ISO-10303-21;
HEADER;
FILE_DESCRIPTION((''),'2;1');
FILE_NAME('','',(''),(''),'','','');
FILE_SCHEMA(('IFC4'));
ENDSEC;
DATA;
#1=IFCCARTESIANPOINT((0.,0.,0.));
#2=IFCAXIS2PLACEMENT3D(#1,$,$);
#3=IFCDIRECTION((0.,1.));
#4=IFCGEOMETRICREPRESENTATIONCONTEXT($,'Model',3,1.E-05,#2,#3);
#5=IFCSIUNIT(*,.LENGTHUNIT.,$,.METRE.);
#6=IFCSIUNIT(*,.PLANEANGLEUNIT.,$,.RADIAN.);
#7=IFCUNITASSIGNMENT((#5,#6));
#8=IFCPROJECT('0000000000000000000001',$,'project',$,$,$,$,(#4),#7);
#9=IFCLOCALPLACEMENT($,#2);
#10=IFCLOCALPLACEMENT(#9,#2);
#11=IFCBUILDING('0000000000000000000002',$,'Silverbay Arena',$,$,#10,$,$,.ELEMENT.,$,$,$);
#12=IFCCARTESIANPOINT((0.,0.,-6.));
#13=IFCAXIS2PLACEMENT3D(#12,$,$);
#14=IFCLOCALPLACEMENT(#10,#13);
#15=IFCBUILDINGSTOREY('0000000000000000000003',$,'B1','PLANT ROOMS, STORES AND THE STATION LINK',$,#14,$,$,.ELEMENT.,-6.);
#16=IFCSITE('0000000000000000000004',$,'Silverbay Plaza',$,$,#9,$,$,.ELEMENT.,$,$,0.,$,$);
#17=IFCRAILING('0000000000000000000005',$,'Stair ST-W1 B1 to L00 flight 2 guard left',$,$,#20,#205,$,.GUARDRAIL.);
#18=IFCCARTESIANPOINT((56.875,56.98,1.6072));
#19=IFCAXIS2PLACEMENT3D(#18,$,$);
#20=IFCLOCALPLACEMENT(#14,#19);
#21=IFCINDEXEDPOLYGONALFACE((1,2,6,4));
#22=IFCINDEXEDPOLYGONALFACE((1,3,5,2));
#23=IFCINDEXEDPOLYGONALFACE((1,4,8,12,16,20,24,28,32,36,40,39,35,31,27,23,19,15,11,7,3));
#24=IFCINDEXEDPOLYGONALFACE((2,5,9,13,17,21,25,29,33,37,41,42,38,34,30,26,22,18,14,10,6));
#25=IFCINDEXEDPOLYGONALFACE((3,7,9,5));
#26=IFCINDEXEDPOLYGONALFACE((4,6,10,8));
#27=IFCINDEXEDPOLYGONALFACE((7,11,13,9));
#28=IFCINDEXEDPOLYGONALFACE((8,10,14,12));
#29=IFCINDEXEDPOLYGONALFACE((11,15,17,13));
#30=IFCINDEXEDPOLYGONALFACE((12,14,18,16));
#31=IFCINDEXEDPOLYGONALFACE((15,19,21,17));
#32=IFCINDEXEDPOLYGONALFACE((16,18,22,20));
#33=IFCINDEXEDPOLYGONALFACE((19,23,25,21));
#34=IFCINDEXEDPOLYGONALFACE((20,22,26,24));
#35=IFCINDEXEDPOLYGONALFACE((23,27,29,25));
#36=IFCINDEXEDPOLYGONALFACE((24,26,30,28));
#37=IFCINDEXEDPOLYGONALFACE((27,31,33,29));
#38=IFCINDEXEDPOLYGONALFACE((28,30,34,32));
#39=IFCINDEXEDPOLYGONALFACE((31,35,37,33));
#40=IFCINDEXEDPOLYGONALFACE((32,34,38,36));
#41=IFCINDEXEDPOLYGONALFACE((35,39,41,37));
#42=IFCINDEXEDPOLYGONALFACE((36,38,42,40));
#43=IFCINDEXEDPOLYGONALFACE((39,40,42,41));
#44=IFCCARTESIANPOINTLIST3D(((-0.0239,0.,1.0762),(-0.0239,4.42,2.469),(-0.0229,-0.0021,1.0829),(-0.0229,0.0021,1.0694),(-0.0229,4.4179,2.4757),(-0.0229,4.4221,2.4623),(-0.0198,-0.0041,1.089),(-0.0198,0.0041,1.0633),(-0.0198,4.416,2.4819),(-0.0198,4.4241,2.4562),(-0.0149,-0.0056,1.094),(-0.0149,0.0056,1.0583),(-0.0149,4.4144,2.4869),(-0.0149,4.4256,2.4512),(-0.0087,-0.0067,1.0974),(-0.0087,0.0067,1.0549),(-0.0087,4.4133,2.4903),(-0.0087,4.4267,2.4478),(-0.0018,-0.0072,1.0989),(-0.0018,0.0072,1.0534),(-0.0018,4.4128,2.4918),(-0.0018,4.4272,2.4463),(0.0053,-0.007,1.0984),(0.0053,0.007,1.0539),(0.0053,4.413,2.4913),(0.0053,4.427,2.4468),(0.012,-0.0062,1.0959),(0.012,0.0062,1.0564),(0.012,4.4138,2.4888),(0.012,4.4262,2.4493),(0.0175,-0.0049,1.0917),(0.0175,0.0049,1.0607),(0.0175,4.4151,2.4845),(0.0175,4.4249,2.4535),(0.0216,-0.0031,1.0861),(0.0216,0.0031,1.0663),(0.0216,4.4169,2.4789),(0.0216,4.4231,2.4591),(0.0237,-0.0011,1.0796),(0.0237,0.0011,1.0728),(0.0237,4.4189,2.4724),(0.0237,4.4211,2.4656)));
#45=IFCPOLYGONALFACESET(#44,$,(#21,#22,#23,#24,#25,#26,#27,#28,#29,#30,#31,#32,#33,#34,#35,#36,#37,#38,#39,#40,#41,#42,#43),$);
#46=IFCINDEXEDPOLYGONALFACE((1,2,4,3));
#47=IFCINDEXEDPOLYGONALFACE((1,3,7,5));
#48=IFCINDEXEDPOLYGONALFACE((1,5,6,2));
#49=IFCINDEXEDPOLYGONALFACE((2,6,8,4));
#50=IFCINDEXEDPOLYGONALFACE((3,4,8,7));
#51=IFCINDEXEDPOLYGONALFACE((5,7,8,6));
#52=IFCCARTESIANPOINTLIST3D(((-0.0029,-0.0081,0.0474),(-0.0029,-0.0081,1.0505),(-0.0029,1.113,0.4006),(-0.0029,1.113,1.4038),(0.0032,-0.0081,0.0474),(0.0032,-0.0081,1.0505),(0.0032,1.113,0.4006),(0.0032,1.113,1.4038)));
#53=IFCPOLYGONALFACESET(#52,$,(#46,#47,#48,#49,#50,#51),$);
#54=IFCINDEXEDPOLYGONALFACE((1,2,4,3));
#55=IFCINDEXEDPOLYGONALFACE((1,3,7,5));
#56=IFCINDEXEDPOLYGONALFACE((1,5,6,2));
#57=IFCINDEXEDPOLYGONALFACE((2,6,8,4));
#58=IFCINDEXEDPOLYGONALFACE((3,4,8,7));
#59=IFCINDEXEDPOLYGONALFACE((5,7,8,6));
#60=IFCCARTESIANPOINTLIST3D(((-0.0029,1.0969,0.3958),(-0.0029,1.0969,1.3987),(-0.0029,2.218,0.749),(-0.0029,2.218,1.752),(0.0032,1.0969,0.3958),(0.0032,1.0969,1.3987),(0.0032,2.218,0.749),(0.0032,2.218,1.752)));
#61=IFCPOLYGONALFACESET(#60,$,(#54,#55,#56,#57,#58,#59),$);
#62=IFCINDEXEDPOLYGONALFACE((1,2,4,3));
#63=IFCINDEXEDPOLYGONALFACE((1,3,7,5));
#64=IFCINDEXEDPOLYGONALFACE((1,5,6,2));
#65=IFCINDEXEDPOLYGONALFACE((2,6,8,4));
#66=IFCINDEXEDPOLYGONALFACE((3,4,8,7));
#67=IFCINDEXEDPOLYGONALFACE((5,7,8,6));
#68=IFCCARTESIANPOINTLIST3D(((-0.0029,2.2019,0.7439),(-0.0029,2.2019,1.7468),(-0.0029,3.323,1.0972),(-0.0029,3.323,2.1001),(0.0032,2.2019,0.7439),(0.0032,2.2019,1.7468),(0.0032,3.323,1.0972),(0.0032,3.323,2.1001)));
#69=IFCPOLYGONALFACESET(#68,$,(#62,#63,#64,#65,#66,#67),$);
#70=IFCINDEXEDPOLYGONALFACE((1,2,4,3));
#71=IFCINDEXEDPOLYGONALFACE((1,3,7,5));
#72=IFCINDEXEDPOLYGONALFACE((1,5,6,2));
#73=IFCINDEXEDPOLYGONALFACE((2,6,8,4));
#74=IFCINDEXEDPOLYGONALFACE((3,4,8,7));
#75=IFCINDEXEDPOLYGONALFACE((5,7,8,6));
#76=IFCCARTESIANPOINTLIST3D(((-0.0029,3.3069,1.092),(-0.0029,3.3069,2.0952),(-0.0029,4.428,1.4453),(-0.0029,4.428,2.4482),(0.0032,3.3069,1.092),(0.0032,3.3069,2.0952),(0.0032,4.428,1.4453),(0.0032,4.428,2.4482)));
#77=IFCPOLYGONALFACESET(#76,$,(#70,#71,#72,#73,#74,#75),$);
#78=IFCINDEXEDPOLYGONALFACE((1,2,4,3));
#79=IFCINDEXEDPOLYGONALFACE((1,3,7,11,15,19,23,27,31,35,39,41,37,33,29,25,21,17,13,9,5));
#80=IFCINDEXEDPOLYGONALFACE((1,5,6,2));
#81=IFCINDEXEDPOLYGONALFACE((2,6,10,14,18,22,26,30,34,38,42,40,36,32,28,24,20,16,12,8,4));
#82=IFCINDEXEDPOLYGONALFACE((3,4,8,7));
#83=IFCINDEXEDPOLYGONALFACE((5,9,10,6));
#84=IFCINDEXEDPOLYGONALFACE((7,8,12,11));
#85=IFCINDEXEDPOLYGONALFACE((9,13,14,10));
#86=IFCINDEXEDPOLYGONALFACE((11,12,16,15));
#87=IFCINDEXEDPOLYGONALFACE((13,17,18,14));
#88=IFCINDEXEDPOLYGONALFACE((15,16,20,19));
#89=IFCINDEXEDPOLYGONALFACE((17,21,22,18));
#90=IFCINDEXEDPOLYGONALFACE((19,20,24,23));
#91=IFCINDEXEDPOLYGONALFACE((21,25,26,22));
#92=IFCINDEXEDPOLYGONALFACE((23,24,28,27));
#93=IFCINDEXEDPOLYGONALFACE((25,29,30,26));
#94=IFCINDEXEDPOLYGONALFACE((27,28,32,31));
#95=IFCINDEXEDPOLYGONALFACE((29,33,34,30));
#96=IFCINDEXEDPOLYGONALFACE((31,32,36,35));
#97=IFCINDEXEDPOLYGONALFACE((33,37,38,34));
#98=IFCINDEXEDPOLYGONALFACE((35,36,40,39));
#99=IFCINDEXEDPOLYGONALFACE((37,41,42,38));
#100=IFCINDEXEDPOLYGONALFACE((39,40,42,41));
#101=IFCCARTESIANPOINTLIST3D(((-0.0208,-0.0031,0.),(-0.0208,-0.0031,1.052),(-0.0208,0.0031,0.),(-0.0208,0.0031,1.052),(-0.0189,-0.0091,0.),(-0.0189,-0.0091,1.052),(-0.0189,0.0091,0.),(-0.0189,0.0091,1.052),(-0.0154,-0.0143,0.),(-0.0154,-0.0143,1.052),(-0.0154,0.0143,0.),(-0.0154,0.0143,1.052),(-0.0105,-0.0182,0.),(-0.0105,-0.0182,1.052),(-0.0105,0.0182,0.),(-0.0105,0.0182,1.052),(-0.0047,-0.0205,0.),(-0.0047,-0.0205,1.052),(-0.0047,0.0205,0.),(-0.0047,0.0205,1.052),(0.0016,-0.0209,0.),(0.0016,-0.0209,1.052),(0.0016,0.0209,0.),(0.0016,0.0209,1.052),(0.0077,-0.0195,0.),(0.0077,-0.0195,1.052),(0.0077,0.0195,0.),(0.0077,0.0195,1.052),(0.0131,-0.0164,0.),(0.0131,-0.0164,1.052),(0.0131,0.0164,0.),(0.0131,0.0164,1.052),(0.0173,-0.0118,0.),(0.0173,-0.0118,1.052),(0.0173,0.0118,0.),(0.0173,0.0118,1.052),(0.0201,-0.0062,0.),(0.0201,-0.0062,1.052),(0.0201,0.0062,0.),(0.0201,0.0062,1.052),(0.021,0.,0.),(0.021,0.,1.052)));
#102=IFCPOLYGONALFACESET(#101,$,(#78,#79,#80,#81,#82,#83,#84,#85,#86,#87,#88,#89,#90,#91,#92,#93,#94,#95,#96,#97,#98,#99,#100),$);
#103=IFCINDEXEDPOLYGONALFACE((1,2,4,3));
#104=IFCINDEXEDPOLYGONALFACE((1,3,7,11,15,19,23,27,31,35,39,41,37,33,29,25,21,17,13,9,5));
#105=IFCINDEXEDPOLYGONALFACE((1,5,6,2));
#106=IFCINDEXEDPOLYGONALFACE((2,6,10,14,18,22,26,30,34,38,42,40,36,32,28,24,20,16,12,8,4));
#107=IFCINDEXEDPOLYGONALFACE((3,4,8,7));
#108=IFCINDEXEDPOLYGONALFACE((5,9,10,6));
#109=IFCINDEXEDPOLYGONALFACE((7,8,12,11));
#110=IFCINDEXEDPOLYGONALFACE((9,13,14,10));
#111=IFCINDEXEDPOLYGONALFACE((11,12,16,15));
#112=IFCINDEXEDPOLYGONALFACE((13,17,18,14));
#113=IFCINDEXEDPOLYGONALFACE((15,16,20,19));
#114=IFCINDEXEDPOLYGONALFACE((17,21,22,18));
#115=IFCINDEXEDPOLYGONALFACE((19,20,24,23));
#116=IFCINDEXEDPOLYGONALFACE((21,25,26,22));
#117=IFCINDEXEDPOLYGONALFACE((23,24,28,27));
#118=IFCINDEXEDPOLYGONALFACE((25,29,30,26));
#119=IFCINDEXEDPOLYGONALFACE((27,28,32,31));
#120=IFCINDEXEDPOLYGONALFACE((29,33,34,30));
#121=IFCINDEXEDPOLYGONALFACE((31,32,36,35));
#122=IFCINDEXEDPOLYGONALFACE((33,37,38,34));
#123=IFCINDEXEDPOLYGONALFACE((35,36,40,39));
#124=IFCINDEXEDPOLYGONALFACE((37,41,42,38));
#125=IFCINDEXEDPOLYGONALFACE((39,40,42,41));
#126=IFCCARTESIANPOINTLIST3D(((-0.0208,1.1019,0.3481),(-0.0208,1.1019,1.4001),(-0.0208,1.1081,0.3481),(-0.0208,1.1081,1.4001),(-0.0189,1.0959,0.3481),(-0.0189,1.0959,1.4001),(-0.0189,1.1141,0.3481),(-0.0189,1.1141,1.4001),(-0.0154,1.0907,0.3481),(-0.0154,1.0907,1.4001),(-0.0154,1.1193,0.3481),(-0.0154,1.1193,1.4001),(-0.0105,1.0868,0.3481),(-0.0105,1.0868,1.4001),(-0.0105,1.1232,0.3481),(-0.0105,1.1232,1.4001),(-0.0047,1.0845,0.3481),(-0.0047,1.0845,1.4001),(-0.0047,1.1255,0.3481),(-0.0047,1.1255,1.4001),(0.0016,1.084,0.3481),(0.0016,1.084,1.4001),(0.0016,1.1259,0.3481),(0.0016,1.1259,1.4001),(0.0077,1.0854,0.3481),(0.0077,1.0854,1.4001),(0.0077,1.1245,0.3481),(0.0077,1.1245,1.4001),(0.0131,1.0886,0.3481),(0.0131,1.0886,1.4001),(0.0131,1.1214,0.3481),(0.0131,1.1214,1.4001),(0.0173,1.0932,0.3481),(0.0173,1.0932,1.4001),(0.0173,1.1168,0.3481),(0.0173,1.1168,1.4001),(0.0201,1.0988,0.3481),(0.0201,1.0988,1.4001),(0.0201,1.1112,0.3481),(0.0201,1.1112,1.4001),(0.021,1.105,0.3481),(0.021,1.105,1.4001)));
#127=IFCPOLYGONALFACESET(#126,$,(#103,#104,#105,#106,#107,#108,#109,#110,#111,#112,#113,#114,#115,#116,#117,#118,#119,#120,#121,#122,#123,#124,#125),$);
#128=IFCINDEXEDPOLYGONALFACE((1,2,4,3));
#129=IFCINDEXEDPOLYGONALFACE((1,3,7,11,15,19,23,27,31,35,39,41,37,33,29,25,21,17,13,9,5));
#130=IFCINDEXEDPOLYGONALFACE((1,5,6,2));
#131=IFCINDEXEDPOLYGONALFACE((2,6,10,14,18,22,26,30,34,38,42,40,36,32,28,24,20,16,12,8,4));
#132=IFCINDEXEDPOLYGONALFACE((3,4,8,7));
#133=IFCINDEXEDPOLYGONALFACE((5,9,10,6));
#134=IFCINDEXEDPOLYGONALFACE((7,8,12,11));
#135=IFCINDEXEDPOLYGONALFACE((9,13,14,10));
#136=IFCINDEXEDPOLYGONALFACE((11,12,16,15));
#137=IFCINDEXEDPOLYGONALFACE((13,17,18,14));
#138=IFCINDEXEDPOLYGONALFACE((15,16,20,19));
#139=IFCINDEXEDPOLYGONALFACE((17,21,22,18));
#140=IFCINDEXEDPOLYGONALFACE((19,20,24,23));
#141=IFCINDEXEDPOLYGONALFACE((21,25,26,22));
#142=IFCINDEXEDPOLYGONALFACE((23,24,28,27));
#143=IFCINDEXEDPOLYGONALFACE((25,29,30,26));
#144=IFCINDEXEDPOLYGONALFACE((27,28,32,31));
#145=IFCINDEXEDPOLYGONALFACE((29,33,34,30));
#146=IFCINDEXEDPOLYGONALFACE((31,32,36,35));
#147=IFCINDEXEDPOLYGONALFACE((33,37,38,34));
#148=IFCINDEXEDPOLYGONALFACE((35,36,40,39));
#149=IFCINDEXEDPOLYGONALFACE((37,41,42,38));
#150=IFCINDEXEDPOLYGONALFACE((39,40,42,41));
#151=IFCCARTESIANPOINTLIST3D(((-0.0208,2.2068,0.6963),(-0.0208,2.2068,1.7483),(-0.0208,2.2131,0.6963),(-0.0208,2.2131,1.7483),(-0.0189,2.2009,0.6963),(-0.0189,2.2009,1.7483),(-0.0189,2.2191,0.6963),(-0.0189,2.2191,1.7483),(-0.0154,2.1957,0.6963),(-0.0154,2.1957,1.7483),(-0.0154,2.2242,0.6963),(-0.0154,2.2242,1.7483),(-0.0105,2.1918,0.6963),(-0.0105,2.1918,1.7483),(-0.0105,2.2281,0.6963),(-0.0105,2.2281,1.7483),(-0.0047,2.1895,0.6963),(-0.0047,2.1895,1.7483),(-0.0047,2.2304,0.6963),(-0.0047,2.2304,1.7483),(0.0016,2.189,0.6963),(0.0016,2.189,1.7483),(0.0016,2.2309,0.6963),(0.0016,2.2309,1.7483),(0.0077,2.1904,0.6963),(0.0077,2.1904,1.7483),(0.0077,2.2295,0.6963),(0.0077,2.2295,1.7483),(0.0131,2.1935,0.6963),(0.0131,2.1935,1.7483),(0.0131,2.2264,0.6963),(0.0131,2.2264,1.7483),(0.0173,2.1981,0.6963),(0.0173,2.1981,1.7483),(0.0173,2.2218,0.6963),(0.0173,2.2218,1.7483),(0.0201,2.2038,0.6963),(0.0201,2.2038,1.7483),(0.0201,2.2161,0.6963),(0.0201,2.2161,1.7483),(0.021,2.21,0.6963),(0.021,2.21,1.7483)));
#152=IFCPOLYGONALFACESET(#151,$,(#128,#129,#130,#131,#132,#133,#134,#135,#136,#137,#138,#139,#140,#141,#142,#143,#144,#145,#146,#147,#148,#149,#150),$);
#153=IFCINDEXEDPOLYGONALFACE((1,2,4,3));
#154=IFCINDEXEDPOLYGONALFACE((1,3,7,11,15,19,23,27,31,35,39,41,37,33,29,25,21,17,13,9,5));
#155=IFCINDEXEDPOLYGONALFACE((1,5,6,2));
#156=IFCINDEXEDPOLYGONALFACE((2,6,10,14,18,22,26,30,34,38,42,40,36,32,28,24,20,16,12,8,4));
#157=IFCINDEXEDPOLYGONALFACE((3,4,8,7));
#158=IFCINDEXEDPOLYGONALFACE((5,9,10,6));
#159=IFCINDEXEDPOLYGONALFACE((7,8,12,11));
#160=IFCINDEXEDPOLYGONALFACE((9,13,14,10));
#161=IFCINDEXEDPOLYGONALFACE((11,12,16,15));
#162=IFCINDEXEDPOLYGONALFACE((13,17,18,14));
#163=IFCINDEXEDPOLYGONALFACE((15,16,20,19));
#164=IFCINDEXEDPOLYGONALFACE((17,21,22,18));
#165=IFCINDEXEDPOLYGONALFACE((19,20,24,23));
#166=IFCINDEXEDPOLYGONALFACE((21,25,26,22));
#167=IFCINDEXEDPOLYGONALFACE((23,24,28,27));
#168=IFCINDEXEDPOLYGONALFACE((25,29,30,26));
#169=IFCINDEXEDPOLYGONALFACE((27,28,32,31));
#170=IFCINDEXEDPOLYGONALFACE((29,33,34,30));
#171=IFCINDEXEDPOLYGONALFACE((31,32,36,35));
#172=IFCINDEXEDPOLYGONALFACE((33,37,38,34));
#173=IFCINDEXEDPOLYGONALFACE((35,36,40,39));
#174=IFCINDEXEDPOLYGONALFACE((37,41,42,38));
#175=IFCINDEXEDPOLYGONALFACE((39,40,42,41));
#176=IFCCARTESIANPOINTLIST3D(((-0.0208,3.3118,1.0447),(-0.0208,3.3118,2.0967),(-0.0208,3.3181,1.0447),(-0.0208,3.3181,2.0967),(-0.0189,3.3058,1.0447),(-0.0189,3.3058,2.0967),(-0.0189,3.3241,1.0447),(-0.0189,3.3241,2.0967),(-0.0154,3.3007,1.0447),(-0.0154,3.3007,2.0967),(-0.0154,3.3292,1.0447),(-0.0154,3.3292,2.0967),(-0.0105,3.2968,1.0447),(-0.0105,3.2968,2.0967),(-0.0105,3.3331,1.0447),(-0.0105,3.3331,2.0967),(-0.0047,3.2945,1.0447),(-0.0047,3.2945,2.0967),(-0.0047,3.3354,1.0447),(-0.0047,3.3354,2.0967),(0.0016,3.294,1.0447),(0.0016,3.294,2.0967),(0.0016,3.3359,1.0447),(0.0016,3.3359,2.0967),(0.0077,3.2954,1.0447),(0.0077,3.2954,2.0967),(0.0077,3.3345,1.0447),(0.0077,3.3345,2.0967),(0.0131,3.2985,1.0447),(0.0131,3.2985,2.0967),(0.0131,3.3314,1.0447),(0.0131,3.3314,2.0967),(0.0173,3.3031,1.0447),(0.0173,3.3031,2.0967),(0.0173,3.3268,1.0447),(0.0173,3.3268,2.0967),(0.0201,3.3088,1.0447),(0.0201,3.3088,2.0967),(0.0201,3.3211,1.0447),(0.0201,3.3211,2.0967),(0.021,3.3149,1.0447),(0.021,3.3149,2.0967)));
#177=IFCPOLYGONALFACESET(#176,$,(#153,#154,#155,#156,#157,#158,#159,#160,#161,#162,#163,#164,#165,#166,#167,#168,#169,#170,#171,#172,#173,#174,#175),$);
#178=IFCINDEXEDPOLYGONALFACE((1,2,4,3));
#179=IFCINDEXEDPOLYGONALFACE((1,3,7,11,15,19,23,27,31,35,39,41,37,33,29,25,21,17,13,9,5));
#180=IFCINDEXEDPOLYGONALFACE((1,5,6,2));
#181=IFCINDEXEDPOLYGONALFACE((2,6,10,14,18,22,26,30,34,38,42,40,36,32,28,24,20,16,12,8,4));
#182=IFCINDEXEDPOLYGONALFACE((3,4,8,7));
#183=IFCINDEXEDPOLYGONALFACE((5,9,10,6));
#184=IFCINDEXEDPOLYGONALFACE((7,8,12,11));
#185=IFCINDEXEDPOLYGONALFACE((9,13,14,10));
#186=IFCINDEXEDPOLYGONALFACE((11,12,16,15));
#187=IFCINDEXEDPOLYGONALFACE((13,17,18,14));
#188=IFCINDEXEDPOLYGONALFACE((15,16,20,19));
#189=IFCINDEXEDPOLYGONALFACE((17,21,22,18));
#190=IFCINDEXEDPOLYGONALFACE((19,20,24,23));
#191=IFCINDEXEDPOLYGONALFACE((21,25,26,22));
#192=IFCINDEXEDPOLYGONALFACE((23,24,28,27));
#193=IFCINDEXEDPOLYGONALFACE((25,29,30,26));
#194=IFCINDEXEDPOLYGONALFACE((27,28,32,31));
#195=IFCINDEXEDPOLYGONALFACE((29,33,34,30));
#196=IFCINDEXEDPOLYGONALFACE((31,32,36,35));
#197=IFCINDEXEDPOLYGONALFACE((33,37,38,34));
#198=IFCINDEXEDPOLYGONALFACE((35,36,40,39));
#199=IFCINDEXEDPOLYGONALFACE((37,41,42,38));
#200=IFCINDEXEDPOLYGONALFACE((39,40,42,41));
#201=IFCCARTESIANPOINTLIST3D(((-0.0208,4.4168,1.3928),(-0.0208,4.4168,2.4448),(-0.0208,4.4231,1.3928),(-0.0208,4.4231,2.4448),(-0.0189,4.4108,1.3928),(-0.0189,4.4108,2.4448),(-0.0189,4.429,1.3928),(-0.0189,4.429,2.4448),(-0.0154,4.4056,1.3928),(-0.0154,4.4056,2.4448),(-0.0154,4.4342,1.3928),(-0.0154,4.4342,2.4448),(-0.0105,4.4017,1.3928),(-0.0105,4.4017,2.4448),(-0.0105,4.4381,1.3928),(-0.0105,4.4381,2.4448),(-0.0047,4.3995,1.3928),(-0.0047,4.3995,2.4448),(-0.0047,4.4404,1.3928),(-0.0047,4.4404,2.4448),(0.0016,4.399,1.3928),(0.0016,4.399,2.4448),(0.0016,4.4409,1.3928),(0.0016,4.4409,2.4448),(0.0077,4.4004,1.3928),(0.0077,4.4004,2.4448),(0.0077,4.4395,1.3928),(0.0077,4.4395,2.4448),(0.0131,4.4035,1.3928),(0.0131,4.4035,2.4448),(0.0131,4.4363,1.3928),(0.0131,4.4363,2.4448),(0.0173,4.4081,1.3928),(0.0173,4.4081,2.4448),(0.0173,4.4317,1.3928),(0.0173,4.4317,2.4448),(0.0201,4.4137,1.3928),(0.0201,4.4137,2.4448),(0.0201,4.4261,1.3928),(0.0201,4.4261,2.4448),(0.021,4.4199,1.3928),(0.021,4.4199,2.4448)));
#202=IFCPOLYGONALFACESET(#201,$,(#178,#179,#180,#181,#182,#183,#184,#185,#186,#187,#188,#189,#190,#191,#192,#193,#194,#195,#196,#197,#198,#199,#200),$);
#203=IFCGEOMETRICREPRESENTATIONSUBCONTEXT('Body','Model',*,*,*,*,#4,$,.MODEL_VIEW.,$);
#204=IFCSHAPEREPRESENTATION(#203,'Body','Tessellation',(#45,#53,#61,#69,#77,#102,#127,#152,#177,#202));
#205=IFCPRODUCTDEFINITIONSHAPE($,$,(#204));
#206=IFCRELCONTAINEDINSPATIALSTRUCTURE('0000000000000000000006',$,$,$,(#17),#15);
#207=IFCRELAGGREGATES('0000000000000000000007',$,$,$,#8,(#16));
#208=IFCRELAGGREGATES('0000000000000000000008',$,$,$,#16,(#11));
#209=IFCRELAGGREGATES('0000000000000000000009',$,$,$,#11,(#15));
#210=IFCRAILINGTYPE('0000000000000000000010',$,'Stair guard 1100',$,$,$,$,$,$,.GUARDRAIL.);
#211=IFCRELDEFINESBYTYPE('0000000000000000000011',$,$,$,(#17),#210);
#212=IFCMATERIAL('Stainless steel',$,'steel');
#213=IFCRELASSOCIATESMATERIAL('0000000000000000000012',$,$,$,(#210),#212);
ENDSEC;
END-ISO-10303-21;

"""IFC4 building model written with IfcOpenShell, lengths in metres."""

from ifc_helpers import new_model, si_unit, direction, frame, origin, origin_2d, place, context, subcontext, project, spatial, polyline, circle, outline, extrude, material, type_object, element, save


model = new_model("IFC4")

# Units and contexts
model_context = context("Model", 3, precision=1e-05, world=origin(), true_north=direction((0.0, 1.0)))
body_context = subcontext(model_context, "Body", "Model", "MODEL_VIEW")
ifc_project = project(units=[si_unit("LENGTHUNIT", "METRE"), si_unit("PLANEANGLEUNIT", "RADIAN")], contexts=[model_context])

# Site, building, storey
site_placement = place(None, origin())
site = spatial("IfcSite", under=ifc_project, at=site_placement, Name="Silverbay Plaza", CompositionType="ELEMENT", RefElevation=0.0)
building_placement = place(site_placement, origin())
building = spatial("IfcBuilding", under=site, at=building_placement, Name="Silverbay Arena", CompositionType="ELEMENT")
storey_placement = place(building_placement, frame((0.0, 0.0, -6.0)))
storey = spatial("IfcBuildingStorey", under=building, at=storey_placement, Name="B1", Description="PLANT ROOMS, STORES AND THE STATION LINK", CompositionType="ELEMENT", Elevation=-6.0)

# Railing
ifc_material_1 = material(Name="Stainless steel", Category="steel")
railing_type_1 = type_object("IfcRailingType", Name="Stair guard 1100", PredefinedType="GUARDRAIL", material=ifc_material_1)
railing_1_placement = place(storey_placement, frame((56.875, 56.98, 1.6072)))
element("IfcRailing", 1, at=railing_1_placement, inside=storey, type_object=railing_type_1, Name="Stair ST-W1 B1 to L00 flight 2 guard left", PredefinedType="GUARDRAIL", context=body_context, shape_type="SweptSolid", body=[
    extrude(circle(Radius=0.0239, at=origin_2d()), frame((0.0, 0.0, 1.0762), z_axis=(0.0, 0.953765, 0.300554), x_axis=(-1.0, 0.0, 0.0)), (0.0, 0.0, 1.0), 4.6343),
    extrude(outline(polyline([(-0.0081, 0.0474), (1.113, 0.4006), (1.113, 1.4038), (-0.0081, 1.0505), (-0.0081, 0.0474)])), frame((-0.0029, 0.0, 0.0), z_axis=(1.0, 0.0, 0.0), x_axis=(0.0, 1.0, 0.0)), (0.0, 0.0, 1.0), 0.0061),
    extrude(outline(polyline([(-0.0081, 0.3958), (1.113, 0.749), (1.113, 1.752), (-0.0081, 1.3987), (-0.0081, 0.3958)])), frame((-0.0029, 1.105, 0.0), z_axis=(1.0, 0.0, 0.0), x_axis=(0.0, 1.0, 0.0)), (0.0, 0.0, 1.0), 0.0061),
    extrude(outline(polyline([(-0.0081, 0.7439), (1.113, 1.0972), (1.113, 2.1001), (-0.0081, 1.7468), (-0.0081, 0.7439)])), frame((-0.0029, 2.21, 0.0), z_axis=(1.0, 0.0, 0.0), x_axis=(0.0, 1.0, 0.0)), (0.0, 0.0, 1.0), 0.0061),
    extrude(outline(polyline([(-0.0081, 1.092), (1.113, 1.4453), (1.113, 2.4482), (-0.0081, 2.0952), (-0.0081, 1.092)])), frame((-0.0029, 3.3149, 0.0), z_axis=(1.0, 0.0, 0.0), x_axis=(0.0, 1.0, 0.0)), (0.0, 0.0, 1.0), 0.0061),
    extrude(circle(Radius=0.021, at=origin_2d()), origin(), (0.0, 0.0, 1.0), 1.052),
    extrude(circle(Radius=0.021, at=origin_2d()), frame((0.0, 1.105, 0.3481)), (0.0, 0.0, 1.0), 1.052),
    extrude(circle(Radius=0.021, at=origin_2d()), frame((0.0, 2.21, 0.6963)), (0.0, 0.0, 1.0), 1.052),
    extrude(circle(Radius=0.021, at=origin_2d()), frame((0.0, 3.3149, 1.0447)), (0.0, 0.0, 1.0), 1.052),
    extrude(circle(Radius=0.021, at=origin_2d()), frame((0.0, 4.4199, 1.3928)), (0.0, 0.0, 1.0), 1.052),
])

save(model, "model.ifc")
